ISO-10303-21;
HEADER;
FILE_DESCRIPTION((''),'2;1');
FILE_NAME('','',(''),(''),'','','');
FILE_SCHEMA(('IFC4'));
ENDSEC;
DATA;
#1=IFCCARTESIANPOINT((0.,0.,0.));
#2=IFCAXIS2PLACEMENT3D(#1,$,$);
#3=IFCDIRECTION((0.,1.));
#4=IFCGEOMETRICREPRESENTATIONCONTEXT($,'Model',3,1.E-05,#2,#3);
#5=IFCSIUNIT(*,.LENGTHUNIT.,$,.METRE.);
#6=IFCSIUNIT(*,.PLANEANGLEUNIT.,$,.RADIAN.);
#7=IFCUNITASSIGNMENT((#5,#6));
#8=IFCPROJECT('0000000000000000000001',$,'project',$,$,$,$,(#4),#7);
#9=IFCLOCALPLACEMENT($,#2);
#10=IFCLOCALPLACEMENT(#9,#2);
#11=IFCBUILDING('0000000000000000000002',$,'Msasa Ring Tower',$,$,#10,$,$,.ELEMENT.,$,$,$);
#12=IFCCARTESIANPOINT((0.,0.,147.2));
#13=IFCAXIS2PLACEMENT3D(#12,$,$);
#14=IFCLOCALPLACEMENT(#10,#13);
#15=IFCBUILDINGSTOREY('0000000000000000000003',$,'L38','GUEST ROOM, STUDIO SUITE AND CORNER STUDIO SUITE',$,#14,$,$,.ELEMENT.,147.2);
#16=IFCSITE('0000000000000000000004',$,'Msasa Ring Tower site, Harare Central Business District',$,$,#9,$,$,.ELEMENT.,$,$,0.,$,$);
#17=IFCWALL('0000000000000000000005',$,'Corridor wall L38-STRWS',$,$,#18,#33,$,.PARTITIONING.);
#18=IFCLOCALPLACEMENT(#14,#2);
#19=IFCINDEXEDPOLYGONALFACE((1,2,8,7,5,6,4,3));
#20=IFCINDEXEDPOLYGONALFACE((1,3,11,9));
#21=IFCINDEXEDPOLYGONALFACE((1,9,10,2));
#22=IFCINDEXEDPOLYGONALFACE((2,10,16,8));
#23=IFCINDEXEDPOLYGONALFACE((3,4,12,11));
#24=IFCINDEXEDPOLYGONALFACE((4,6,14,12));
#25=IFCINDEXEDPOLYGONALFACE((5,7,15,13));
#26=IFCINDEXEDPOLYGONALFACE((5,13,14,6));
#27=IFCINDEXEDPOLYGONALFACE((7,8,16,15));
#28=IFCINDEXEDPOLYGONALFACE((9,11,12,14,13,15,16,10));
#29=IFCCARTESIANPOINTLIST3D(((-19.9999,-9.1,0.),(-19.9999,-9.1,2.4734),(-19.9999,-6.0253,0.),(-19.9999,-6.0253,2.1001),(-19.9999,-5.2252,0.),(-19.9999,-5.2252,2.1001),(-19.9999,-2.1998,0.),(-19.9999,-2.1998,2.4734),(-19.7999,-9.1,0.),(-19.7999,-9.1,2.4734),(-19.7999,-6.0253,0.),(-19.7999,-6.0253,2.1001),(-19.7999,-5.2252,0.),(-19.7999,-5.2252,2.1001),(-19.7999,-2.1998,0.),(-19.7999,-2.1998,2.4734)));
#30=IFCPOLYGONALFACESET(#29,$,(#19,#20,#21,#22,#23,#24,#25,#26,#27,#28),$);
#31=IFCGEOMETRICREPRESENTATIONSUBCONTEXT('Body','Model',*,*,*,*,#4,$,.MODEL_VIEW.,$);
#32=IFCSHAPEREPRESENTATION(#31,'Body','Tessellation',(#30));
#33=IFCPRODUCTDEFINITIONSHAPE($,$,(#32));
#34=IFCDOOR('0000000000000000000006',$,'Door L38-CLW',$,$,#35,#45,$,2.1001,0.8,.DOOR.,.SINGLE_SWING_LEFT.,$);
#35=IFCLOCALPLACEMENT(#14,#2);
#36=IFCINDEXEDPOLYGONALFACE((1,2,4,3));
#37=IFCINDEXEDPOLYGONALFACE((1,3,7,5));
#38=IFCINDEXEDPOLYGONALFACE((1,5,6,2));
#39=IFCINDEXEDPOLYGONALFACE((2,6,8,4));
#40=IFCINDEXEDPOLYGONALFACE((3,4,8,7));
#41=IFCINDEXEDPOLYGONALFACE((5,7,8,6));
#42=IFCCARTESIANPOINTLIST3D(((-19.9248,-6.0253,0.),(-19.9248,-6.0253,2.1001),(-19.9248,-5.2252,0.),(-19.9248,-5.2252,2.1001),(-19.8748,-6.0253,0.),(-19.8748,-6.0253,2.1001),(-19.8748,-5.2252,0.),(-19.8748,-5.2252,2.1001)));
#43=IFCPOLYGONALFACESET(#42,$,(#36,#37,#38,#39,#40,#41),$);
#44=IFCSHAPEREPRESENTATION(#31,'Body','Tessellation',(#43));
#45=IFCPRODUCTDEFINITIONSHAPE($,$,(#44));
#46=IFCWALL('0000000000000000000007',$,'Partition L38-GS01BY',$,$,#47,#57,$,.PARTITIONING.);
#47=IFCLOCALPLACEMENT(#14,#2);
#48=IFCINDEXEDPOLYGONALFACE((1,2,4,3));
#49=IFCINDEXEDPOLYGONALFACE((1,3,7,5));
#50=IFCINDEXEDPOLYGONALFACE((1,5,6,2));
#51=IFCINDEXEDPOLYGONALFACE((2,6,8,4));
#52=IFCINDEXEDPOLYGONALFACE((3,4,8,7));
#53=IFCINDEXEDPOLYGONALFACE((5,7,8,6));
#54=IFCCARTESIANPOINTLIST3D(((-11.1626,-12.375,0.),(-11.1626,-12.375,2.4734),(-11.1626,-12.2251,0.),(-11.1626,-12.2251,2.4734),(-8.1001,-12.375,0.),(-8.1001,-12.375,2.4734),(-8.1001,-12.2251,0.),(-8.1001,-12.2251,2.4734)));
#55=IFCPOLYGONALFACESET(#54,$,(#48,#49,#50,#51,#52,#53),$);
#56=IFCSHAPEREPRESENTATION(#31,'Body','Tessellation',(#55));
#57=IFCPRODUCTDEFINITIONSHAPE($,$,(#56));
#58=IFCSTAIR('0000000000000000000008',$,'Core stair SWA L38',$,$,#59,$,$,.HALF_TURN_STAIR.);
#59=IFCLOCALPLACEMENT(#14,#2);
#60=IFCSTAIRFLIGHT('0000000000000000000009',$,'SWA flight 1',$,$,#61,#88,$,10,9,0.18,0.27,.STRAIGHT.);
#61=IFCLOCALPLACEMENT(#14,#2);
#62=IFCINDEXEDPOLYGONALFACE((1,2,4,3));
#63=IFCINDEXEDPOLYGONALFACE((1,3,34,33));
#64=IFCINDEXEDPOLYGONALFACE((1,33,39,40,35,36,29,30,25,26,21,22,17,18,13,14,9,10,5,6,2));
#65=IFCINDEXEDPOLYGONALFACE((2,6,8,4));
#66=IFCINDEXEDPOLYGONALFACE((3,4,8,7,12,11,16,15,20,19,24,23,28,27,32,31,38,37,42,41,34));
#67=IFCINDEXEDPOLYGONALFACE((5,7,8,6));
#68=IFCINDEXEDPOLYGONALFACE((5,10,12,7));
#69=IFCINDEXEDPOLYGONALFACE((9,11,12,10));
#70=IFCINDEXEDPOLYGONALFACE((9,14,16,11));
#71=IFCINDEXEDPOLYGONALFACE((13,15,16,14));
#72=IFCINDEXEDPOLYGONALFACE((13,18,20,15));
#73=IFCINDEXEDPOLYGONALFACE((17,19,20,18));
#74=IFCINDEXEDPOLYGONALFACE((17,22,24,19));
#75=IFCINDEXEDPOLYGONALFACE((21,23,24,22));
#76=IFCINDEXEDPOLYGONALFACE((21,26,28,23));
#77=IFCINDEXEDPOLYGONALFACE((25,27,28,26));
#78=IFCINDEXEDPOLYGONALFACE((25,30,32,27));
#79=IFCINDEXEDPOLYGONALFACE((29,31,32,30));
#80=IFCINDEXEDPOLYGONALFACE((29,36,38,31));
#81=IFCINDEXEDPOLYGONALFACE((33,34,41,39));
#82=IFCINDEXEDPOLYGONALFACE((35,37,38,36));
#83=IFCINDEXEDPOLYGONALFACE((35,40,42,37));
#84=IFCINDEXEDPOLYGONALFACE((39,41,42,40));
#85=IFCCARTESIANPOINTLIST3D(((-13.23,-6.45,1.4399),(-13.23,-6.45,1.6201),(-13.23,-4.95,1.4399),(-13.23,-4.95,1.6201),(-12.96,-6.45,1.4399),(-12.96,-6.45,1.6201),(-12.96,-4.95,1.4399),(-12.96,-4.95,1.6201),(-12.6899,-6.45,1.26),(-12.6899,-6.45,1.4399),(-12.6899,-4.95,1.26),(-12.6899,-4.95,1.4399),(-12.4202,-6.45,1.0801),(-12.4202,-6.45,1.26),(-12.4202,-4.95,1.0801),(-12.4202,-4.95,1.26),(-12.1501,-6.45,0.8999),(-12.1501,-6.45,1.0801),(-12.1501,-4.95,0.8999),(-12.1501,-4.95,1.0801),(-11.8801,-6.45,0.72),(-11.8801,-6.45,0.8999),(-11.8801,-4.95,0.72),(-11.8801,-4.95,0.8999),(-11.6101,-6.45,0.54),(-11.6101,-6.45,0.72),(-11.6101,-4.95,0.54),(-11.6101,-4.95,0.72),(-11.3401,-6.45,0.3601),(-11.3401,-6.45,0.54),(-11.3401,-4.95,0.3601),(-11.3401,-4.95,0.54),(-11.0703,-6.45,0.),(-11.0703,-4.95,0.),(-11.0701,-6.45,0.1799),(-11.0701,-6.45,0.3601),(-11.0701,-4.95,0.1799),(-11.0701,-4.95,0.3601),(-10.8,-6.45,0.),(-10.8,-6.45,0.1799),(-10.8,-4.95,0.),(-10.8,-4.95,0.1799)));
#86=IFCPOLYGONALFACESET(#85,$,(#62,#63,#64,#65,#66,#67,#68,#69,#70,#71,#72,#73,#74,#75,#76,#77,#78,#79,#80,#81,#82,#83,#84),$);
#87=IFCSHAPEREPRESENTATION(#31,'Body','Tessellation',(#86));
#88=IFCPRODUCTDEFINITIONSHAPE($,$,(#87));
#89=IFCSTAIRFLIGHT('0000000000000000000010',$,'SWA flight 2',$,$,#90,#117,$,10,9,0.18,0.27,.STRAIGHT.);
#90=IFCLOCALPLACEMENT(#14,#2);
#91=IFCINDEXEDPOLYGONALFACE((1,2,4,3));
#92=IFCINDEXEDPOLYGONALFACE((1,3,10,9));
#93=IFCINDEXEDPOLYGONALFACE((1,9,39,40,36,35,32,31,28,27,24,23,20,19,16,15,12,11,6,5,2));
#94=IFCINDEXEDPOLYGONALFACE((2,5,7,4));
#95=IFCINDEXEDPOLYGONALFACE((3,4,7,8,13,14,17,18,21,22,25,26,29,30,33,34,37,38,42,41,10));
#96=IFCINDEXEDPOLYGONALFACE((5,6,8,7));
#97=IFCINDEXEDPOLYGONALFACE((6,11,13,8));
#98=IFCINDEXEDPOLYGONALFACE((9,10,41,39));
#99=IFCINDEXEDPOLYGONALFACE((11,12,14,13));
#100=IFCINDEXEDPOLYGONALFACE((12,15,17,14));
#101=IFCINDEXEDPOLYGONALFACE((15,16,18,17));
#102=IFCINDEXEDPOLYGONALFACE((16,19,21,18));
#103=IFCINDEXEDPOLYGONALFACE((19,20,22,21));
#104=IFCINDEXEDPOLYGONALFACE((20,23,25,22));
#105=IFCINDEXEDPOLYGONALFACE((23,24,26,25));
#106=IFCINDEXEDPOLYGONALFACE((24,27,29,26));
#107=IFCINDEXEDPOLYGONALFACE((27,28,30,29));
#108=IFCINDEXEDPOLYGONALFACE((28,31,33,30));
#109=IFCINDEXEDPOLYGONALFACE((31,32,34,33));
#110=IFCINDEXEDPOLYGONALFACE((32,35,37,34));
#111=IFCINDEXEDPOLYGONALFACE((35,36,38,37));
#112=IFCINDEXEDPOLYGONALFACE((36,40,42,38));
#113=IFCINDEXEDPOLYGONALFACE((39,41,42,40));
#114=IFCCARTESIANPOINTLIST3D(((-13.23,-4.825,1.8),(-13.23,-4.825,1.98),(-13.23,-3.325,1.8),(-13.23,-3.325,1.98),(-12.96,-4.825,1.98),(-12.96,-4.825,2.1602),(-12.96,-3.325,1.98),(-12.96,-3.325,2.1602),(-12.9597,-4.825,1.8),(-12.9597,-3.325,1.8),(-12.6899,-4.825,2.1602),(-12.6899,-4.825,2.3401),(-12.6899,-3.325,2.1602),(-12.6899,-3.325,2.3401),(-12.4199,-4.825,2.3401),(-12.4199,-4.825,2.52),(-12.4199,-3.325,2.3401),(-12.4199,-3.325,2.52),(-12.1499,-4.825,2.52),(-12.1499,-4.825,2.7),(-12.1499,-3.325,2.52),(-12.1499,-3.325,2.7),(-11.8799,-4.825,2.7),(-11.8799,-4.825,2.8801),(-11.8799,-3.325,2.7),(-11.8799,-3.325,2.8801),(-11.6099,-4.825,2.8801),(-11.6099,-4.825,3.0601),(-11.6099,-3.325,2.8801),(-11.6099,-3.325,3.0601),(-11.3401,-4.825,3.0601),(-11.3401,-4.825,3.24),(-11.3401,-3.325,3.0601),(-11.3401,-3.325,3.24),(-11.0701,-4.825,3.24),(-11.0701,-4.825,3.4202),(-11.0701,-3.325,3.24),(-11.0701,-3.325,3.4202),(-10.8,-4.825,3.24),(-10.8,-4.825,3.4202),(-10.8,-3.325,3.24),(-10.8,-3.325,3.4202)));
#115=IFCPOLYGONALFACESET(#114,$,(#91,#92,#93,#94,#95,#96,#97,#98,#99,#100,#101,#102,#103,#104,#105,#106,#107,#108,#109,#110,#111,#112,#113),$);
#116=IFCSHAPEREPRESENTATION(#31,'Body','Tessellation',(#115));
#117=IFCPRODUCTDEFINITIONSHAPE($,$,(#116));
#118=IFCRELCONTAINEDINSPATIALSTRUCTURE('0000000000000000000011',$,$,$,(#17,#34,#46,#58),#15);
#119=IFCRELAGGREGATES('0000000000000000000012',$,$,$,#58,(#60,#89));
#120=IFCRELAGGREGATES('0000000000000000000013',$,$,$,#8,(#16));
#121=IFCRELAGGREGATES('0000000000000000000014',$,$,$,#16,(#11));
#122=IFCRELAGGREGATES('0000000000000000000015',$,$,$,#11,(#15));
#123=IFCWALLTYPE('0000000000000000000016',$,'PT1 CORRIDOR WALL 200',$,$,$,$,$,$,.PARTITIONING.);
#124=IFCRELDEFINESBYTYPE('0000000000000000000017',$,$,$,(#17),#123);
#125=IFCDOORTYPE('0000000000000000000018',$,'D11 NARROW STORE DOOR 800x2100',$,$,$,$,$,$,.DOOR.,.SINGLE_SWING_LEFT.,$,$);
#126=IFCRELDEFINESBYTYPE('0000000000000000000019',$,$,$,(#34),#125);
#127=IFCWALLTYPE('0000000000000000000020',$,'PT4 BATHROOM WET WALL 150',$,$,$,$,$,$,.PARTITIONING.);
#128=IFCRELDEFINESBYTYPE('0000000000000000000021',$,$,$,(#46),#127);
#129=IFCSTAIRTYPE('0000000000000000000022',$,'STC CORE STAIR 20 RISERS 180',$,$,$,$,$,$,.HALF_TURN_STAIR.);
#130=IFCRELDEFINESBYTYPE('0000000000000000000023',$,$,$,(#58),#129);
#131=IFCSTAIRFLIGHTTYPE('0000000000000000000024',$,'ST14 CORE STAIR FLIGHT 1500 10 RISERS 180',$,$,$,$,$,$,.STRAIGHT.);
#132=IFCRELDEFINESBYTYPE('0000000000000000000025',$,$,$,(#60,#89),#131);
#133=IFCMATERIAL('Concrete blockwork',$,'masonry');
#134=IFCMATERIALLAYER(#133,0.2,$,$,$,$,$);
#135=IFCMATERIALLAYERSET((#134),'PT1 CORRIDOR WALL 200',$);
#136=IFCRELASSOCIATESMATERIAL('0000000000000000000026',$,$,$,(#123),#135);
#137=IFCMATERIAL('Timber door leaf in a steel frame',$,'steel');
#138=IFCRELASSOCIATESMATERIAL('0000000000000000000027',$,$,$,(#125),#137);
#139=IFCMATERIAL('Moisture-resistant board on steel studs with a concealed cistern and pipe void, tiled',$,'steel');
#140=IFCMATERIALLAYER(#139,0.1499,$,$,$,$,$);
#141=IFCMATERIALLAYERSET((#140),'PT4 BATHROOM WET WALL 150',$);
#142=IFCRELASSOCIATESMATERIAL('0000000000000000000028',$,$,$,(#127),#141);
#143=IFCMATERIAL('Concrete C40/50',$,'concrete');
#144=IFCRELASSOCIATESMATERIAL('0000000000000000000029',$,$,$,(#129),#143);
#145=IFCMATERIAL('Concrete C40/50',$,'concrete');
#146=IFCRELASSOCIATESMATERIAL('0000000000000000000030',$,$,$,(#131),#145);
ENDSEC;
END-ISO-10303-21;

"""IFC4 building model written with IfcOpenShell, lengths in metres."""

from ifc_helpers import new_model, si_unit, direction, frame, frame_2d, origin, place, context, subcontext, project, spatial, polyline, rectangle, outline, extrude, material, layer, layer_set, type_object, element, fill, aggregate, save


model = new_model("IFC4")

# Units and contexts
model_context = context("Model", 3, precision=1e-05, world=origin(), true_north=direction((0.0, 1.0)))
body_context = subcontext(model_context, "Body", "Model", "MODEL_VIEW")
ifc_project = project(units=[si_unit("LENGTHUNIT", "METRE"), si_unit("PLANEANGLEUNIT", "RADIAN")], contexts=[model_context])

# Site, building, storey
site_placement = place(None, origin())
site = spatial("IfcSite", under=ifc_project, at=site_placement, Name="Msasa Ring Tower site, Harare Central Business District", CompositionType="ELEMENT", RefElevation=0.0)
building_placement = place(site_placement, origin())
building = spatial("IfcBuilding", under=site, at=building_placement, Name="Msasa Ring Tower", CompositionType="ELEMENT")
storey_placement = place(building_placement, frame((0.0, 0.0, 147.2)))
storey = spatial("IfcBuildingStorey", under=building, at=storey_placement, Name="L38", Description="GUEST ROOM, STUDIO SUITE AND CORNER STUDIO SUITE", CompositionType="ELEMENT", Elevation=147.2)

# Wall, opening, door
ifc_material_1 = material(Name="Concrete blockwork", Category="masonry")
ifc_layer_1 = layer(ifc_material_1, 0.2)
ifc_layer_set_1 = layer_set([ifc_layer_1], Name="PT1 CORRIDOR WALL 200")
wall_type_1 = type_object("IfcWallType", Name="PT1 CORRIDOR WALL 200", PredefinedType="PARTITIONING", material=ifc_layer_set_1)
wall_1_placement = place(storey_placement, frame((-19.8999, -9.1001, 0.0), z_axis=(0.0, 0.0, 1.0), x_axis=(0.0, 1.0, 0.0)))
wall_1 = element("IfcWall", 1, at=wall_1_placement, inside=storey, type_object=wall_type_1, Name="Corridor wall L38-STRWS", PredefinedType="PARTITIONING", context=body_context, shape_type="SweptSolid", body=[
    extrude(rectangle(XDim=6.9001, YDim=0.2, at=frame_2d((3.4502, 0.0))), origin(), (0.0, 0.0, 1.0), 2.4734),
])
opening_1_placement = place(wall_1_placement, frame((3.075, 0.0, 0.0)))
opening_1 = element("IfcOpeningElement", 2, at=opening_1_placement, cuts=wall_1, PredefinedType="OPENING", context=body_context, shape_type="SweptSolid", body=[
    extrude(rectangle(XDim=0.8, YDim=2.1001, at=frame_2d((0.3999, 1.05))), frame((0.0, 0.1099, 0.0), z_axis=(0.0, -1.0, 0.0), x_axis=(1.0, 0.0, 0.0)), (0.0, 0.0, 1.0), 0.22),
])
ifc_material_2 = material(Name="Timber door leaf in a steel frame", Category="steel")
door_type_1 = type_object("IfcDoorType", Name="D11 NARROW STORE DOOR 800x2100", OperationType="SINGLE_SWING_LEFT", PredefinedType="DOOR", material=ifc_material_2)
door_1_placement = place(opening_1_placement, origin())
door_1 = element("IfcDoor", 3, at=door_1_placement, inside=storey, type_object=door_type_1, Name="Door L38-CLW", OperationType="SINGLE_SWING_LEFT", OverallHeight=2.1001, OverallWidth=0.8, PredefinedType="DOOR", context=body_context, shape_type="SweptSolid", body=[
    extrude(rectangle(XDim=0.8, YDim=2.1001, at=frame_2d((0.3999, 1.05))), frame((0.0, 0.0249, 0.0), z_axis=(0.0, -1.0, 0.0), x_axis=(1.0, 0.0, 0.0)), (0.0, 0.0, 1.0), 0.05),
])
fill(opening_1, door_1)

# Wall
ifc_material_3 = material(Name="Moisture-resistant board on steel studs with a concealed cistern and pipe void, tiled", Category="steel")
ifc_layer_2 = layer(ifc_material_3, 0.1499)
ifc_layer_set_2 = layer_set([ifc_layer_2], Name="PT4 BATHROOM WET WALL 150")
wall_type_2 = type_object("IfcWallType", Name="PT4 BATHROOM WET WALL 150", PredefinedType="PARTITIONING", material=ifc_layer_set_2)
wall_2_placement = place(storey_placement, frame((-11.1626, -12.3, 0.0), z_axis=(0.0, 0.0, 1.0), x_axis=(1.0, 0.0, 0.0)))
element("IfcWall", 4, at=wall_2_placement, inside=storey, type_object=wall_type_2, Name="Partition L38-GS01BY", PredefinedType="PARTITIONING", context=body_context, shape_type="SweptSolid", body=[
    extrude(rectangle(XDim=3.0625, YDim=0.1499, at=frame_2d((1.5312, 0.0))), origin(), (0.0, 0.0, 1.0), 2.4734),
])

# Stair, stair flights
ifc_material_4 = material(Name="Concrete C40/50", Category="concrete")
stair_type = type_object("IfcStairType", Name="STC CORE STAIR 20 RISERS 180", PredefinedType="HALF_TURN_STAIR", material=ifc_material_4)
stair_placement = place(storey_placement, origin())
stair = element("IfcStair", 5, at=stair_placement, inside=storey, type_object=stair_type, Name="Core stair SWA L38", PredefinedType="HALF_TURN_STAIR")
ifc_material_5 = material(Name="Concrete C40/50", Category="concrete")
stair_flight_type = type_object("IfcStairFlightType", Name="ST14 CORE STAIR FLIGHT 1500 10 RISERS 180", PredefinedType="STRAIGHT", material=ifc_material_5)
stair_flight_1_placement = place(storey_placement, frame((-10.8, -5.7, 0.0), z_axis=(0.0, 0.0, 1.0), x_axis=(-1.0, 0.0, 0.0)))
stair_flight_1 = element("IfcStairFlight", 6, at=stair_flight_1_placement, type_object=stair_flight_type, Name="SWA flight 1", NumberOfRisers=10, NumberOfTreads=9, PredefinedType="STRAIGHT", RiserHeight=0.18, TreadLength=0.27, context=body_context, shape_type="SweptSolid", body=[
    extrude(outline(polyline([(0.0, 0.0), (0.0, 0.1799), (0.27, 0.1799), (0.27, 0.3601), (0.54, 0.3601), (0.54, 0.54), (0.8101, 0.54), (0.8101, 0.72), (1.0801, 0.72), (1.0801, 0.8999), (1.3501, 0.8999), (1.3501, 1.0801), (1.6201, 1.0801), (1.6201, 1.26), (1.8899, 1.26), (1.8899, 1.4399), (2.1599, 1.4399), (2.1599, 1.6201), (2.4299, 1.6201), (2.4299, 1.8), (2.4299, 1.4399), (0.2703, 0.0), (0.0, 0.0)])), frame((0.0, 0.75, 0.0), z_axis=(0.0, -1.0, 0.0), x_axis=(1.0, 0.0, 0.0)), (0.0, 0.0, 1.0), 1.5),
])
stair_flight_2_placement = place(storey_placement, frame((-13.23, -4.075, 1.8), z_axis=(0.0, 0.0, 1.0), x_axis=(1.0, 0.0, 0.0)))
stair_flight_2 = element("IfcStairFlight", 7, at=stair_flight_2_placement, type_object=stair_flight_type, Name="SWA flight 2", NumberOfRisers=10, NumberOfTreads=9, PredefinedType="STRAIGHT", RiserHeight=0.18, TreadLength=0.27, context=body_context, shape_type="SweptSolid", body=[
    extrude(outline(polyline([(0.0, 0.0), (0.0, 0.1799), (0.27, 0.1799), (0.27, 0.3601), (0.54, 0.3601), (0.54, 0.54), (0.8101, 0.54), (0.8101, 0.72), (1.0801, 0.72), (1.0801, 0.8999), (1.3501, 0.8999), (1.3501, 1.0801), (1.6201, 1.0801), (1.6201, 1.26), (1.8899, 1.26), (1.8899, 1.4399), (2.1599, 1.4399), (2.1599, 1.6201), (2.4299, 1.6201), (2.4299, 1.8), (2.4299, 1.4399), (0.2703, 0.0), (0.0, 0.0)])), frame((0.0, 0.75, 0.0), z_axis=(0.0, -1.0, 0.0), x_axis=(1.0, 0.0, 0.0)), (0.0, 0.0, 1.0), 1.5),
])
aggregate(stair, [stair_flight_1, stair_flight_2])

save(model, "model.ifc")
